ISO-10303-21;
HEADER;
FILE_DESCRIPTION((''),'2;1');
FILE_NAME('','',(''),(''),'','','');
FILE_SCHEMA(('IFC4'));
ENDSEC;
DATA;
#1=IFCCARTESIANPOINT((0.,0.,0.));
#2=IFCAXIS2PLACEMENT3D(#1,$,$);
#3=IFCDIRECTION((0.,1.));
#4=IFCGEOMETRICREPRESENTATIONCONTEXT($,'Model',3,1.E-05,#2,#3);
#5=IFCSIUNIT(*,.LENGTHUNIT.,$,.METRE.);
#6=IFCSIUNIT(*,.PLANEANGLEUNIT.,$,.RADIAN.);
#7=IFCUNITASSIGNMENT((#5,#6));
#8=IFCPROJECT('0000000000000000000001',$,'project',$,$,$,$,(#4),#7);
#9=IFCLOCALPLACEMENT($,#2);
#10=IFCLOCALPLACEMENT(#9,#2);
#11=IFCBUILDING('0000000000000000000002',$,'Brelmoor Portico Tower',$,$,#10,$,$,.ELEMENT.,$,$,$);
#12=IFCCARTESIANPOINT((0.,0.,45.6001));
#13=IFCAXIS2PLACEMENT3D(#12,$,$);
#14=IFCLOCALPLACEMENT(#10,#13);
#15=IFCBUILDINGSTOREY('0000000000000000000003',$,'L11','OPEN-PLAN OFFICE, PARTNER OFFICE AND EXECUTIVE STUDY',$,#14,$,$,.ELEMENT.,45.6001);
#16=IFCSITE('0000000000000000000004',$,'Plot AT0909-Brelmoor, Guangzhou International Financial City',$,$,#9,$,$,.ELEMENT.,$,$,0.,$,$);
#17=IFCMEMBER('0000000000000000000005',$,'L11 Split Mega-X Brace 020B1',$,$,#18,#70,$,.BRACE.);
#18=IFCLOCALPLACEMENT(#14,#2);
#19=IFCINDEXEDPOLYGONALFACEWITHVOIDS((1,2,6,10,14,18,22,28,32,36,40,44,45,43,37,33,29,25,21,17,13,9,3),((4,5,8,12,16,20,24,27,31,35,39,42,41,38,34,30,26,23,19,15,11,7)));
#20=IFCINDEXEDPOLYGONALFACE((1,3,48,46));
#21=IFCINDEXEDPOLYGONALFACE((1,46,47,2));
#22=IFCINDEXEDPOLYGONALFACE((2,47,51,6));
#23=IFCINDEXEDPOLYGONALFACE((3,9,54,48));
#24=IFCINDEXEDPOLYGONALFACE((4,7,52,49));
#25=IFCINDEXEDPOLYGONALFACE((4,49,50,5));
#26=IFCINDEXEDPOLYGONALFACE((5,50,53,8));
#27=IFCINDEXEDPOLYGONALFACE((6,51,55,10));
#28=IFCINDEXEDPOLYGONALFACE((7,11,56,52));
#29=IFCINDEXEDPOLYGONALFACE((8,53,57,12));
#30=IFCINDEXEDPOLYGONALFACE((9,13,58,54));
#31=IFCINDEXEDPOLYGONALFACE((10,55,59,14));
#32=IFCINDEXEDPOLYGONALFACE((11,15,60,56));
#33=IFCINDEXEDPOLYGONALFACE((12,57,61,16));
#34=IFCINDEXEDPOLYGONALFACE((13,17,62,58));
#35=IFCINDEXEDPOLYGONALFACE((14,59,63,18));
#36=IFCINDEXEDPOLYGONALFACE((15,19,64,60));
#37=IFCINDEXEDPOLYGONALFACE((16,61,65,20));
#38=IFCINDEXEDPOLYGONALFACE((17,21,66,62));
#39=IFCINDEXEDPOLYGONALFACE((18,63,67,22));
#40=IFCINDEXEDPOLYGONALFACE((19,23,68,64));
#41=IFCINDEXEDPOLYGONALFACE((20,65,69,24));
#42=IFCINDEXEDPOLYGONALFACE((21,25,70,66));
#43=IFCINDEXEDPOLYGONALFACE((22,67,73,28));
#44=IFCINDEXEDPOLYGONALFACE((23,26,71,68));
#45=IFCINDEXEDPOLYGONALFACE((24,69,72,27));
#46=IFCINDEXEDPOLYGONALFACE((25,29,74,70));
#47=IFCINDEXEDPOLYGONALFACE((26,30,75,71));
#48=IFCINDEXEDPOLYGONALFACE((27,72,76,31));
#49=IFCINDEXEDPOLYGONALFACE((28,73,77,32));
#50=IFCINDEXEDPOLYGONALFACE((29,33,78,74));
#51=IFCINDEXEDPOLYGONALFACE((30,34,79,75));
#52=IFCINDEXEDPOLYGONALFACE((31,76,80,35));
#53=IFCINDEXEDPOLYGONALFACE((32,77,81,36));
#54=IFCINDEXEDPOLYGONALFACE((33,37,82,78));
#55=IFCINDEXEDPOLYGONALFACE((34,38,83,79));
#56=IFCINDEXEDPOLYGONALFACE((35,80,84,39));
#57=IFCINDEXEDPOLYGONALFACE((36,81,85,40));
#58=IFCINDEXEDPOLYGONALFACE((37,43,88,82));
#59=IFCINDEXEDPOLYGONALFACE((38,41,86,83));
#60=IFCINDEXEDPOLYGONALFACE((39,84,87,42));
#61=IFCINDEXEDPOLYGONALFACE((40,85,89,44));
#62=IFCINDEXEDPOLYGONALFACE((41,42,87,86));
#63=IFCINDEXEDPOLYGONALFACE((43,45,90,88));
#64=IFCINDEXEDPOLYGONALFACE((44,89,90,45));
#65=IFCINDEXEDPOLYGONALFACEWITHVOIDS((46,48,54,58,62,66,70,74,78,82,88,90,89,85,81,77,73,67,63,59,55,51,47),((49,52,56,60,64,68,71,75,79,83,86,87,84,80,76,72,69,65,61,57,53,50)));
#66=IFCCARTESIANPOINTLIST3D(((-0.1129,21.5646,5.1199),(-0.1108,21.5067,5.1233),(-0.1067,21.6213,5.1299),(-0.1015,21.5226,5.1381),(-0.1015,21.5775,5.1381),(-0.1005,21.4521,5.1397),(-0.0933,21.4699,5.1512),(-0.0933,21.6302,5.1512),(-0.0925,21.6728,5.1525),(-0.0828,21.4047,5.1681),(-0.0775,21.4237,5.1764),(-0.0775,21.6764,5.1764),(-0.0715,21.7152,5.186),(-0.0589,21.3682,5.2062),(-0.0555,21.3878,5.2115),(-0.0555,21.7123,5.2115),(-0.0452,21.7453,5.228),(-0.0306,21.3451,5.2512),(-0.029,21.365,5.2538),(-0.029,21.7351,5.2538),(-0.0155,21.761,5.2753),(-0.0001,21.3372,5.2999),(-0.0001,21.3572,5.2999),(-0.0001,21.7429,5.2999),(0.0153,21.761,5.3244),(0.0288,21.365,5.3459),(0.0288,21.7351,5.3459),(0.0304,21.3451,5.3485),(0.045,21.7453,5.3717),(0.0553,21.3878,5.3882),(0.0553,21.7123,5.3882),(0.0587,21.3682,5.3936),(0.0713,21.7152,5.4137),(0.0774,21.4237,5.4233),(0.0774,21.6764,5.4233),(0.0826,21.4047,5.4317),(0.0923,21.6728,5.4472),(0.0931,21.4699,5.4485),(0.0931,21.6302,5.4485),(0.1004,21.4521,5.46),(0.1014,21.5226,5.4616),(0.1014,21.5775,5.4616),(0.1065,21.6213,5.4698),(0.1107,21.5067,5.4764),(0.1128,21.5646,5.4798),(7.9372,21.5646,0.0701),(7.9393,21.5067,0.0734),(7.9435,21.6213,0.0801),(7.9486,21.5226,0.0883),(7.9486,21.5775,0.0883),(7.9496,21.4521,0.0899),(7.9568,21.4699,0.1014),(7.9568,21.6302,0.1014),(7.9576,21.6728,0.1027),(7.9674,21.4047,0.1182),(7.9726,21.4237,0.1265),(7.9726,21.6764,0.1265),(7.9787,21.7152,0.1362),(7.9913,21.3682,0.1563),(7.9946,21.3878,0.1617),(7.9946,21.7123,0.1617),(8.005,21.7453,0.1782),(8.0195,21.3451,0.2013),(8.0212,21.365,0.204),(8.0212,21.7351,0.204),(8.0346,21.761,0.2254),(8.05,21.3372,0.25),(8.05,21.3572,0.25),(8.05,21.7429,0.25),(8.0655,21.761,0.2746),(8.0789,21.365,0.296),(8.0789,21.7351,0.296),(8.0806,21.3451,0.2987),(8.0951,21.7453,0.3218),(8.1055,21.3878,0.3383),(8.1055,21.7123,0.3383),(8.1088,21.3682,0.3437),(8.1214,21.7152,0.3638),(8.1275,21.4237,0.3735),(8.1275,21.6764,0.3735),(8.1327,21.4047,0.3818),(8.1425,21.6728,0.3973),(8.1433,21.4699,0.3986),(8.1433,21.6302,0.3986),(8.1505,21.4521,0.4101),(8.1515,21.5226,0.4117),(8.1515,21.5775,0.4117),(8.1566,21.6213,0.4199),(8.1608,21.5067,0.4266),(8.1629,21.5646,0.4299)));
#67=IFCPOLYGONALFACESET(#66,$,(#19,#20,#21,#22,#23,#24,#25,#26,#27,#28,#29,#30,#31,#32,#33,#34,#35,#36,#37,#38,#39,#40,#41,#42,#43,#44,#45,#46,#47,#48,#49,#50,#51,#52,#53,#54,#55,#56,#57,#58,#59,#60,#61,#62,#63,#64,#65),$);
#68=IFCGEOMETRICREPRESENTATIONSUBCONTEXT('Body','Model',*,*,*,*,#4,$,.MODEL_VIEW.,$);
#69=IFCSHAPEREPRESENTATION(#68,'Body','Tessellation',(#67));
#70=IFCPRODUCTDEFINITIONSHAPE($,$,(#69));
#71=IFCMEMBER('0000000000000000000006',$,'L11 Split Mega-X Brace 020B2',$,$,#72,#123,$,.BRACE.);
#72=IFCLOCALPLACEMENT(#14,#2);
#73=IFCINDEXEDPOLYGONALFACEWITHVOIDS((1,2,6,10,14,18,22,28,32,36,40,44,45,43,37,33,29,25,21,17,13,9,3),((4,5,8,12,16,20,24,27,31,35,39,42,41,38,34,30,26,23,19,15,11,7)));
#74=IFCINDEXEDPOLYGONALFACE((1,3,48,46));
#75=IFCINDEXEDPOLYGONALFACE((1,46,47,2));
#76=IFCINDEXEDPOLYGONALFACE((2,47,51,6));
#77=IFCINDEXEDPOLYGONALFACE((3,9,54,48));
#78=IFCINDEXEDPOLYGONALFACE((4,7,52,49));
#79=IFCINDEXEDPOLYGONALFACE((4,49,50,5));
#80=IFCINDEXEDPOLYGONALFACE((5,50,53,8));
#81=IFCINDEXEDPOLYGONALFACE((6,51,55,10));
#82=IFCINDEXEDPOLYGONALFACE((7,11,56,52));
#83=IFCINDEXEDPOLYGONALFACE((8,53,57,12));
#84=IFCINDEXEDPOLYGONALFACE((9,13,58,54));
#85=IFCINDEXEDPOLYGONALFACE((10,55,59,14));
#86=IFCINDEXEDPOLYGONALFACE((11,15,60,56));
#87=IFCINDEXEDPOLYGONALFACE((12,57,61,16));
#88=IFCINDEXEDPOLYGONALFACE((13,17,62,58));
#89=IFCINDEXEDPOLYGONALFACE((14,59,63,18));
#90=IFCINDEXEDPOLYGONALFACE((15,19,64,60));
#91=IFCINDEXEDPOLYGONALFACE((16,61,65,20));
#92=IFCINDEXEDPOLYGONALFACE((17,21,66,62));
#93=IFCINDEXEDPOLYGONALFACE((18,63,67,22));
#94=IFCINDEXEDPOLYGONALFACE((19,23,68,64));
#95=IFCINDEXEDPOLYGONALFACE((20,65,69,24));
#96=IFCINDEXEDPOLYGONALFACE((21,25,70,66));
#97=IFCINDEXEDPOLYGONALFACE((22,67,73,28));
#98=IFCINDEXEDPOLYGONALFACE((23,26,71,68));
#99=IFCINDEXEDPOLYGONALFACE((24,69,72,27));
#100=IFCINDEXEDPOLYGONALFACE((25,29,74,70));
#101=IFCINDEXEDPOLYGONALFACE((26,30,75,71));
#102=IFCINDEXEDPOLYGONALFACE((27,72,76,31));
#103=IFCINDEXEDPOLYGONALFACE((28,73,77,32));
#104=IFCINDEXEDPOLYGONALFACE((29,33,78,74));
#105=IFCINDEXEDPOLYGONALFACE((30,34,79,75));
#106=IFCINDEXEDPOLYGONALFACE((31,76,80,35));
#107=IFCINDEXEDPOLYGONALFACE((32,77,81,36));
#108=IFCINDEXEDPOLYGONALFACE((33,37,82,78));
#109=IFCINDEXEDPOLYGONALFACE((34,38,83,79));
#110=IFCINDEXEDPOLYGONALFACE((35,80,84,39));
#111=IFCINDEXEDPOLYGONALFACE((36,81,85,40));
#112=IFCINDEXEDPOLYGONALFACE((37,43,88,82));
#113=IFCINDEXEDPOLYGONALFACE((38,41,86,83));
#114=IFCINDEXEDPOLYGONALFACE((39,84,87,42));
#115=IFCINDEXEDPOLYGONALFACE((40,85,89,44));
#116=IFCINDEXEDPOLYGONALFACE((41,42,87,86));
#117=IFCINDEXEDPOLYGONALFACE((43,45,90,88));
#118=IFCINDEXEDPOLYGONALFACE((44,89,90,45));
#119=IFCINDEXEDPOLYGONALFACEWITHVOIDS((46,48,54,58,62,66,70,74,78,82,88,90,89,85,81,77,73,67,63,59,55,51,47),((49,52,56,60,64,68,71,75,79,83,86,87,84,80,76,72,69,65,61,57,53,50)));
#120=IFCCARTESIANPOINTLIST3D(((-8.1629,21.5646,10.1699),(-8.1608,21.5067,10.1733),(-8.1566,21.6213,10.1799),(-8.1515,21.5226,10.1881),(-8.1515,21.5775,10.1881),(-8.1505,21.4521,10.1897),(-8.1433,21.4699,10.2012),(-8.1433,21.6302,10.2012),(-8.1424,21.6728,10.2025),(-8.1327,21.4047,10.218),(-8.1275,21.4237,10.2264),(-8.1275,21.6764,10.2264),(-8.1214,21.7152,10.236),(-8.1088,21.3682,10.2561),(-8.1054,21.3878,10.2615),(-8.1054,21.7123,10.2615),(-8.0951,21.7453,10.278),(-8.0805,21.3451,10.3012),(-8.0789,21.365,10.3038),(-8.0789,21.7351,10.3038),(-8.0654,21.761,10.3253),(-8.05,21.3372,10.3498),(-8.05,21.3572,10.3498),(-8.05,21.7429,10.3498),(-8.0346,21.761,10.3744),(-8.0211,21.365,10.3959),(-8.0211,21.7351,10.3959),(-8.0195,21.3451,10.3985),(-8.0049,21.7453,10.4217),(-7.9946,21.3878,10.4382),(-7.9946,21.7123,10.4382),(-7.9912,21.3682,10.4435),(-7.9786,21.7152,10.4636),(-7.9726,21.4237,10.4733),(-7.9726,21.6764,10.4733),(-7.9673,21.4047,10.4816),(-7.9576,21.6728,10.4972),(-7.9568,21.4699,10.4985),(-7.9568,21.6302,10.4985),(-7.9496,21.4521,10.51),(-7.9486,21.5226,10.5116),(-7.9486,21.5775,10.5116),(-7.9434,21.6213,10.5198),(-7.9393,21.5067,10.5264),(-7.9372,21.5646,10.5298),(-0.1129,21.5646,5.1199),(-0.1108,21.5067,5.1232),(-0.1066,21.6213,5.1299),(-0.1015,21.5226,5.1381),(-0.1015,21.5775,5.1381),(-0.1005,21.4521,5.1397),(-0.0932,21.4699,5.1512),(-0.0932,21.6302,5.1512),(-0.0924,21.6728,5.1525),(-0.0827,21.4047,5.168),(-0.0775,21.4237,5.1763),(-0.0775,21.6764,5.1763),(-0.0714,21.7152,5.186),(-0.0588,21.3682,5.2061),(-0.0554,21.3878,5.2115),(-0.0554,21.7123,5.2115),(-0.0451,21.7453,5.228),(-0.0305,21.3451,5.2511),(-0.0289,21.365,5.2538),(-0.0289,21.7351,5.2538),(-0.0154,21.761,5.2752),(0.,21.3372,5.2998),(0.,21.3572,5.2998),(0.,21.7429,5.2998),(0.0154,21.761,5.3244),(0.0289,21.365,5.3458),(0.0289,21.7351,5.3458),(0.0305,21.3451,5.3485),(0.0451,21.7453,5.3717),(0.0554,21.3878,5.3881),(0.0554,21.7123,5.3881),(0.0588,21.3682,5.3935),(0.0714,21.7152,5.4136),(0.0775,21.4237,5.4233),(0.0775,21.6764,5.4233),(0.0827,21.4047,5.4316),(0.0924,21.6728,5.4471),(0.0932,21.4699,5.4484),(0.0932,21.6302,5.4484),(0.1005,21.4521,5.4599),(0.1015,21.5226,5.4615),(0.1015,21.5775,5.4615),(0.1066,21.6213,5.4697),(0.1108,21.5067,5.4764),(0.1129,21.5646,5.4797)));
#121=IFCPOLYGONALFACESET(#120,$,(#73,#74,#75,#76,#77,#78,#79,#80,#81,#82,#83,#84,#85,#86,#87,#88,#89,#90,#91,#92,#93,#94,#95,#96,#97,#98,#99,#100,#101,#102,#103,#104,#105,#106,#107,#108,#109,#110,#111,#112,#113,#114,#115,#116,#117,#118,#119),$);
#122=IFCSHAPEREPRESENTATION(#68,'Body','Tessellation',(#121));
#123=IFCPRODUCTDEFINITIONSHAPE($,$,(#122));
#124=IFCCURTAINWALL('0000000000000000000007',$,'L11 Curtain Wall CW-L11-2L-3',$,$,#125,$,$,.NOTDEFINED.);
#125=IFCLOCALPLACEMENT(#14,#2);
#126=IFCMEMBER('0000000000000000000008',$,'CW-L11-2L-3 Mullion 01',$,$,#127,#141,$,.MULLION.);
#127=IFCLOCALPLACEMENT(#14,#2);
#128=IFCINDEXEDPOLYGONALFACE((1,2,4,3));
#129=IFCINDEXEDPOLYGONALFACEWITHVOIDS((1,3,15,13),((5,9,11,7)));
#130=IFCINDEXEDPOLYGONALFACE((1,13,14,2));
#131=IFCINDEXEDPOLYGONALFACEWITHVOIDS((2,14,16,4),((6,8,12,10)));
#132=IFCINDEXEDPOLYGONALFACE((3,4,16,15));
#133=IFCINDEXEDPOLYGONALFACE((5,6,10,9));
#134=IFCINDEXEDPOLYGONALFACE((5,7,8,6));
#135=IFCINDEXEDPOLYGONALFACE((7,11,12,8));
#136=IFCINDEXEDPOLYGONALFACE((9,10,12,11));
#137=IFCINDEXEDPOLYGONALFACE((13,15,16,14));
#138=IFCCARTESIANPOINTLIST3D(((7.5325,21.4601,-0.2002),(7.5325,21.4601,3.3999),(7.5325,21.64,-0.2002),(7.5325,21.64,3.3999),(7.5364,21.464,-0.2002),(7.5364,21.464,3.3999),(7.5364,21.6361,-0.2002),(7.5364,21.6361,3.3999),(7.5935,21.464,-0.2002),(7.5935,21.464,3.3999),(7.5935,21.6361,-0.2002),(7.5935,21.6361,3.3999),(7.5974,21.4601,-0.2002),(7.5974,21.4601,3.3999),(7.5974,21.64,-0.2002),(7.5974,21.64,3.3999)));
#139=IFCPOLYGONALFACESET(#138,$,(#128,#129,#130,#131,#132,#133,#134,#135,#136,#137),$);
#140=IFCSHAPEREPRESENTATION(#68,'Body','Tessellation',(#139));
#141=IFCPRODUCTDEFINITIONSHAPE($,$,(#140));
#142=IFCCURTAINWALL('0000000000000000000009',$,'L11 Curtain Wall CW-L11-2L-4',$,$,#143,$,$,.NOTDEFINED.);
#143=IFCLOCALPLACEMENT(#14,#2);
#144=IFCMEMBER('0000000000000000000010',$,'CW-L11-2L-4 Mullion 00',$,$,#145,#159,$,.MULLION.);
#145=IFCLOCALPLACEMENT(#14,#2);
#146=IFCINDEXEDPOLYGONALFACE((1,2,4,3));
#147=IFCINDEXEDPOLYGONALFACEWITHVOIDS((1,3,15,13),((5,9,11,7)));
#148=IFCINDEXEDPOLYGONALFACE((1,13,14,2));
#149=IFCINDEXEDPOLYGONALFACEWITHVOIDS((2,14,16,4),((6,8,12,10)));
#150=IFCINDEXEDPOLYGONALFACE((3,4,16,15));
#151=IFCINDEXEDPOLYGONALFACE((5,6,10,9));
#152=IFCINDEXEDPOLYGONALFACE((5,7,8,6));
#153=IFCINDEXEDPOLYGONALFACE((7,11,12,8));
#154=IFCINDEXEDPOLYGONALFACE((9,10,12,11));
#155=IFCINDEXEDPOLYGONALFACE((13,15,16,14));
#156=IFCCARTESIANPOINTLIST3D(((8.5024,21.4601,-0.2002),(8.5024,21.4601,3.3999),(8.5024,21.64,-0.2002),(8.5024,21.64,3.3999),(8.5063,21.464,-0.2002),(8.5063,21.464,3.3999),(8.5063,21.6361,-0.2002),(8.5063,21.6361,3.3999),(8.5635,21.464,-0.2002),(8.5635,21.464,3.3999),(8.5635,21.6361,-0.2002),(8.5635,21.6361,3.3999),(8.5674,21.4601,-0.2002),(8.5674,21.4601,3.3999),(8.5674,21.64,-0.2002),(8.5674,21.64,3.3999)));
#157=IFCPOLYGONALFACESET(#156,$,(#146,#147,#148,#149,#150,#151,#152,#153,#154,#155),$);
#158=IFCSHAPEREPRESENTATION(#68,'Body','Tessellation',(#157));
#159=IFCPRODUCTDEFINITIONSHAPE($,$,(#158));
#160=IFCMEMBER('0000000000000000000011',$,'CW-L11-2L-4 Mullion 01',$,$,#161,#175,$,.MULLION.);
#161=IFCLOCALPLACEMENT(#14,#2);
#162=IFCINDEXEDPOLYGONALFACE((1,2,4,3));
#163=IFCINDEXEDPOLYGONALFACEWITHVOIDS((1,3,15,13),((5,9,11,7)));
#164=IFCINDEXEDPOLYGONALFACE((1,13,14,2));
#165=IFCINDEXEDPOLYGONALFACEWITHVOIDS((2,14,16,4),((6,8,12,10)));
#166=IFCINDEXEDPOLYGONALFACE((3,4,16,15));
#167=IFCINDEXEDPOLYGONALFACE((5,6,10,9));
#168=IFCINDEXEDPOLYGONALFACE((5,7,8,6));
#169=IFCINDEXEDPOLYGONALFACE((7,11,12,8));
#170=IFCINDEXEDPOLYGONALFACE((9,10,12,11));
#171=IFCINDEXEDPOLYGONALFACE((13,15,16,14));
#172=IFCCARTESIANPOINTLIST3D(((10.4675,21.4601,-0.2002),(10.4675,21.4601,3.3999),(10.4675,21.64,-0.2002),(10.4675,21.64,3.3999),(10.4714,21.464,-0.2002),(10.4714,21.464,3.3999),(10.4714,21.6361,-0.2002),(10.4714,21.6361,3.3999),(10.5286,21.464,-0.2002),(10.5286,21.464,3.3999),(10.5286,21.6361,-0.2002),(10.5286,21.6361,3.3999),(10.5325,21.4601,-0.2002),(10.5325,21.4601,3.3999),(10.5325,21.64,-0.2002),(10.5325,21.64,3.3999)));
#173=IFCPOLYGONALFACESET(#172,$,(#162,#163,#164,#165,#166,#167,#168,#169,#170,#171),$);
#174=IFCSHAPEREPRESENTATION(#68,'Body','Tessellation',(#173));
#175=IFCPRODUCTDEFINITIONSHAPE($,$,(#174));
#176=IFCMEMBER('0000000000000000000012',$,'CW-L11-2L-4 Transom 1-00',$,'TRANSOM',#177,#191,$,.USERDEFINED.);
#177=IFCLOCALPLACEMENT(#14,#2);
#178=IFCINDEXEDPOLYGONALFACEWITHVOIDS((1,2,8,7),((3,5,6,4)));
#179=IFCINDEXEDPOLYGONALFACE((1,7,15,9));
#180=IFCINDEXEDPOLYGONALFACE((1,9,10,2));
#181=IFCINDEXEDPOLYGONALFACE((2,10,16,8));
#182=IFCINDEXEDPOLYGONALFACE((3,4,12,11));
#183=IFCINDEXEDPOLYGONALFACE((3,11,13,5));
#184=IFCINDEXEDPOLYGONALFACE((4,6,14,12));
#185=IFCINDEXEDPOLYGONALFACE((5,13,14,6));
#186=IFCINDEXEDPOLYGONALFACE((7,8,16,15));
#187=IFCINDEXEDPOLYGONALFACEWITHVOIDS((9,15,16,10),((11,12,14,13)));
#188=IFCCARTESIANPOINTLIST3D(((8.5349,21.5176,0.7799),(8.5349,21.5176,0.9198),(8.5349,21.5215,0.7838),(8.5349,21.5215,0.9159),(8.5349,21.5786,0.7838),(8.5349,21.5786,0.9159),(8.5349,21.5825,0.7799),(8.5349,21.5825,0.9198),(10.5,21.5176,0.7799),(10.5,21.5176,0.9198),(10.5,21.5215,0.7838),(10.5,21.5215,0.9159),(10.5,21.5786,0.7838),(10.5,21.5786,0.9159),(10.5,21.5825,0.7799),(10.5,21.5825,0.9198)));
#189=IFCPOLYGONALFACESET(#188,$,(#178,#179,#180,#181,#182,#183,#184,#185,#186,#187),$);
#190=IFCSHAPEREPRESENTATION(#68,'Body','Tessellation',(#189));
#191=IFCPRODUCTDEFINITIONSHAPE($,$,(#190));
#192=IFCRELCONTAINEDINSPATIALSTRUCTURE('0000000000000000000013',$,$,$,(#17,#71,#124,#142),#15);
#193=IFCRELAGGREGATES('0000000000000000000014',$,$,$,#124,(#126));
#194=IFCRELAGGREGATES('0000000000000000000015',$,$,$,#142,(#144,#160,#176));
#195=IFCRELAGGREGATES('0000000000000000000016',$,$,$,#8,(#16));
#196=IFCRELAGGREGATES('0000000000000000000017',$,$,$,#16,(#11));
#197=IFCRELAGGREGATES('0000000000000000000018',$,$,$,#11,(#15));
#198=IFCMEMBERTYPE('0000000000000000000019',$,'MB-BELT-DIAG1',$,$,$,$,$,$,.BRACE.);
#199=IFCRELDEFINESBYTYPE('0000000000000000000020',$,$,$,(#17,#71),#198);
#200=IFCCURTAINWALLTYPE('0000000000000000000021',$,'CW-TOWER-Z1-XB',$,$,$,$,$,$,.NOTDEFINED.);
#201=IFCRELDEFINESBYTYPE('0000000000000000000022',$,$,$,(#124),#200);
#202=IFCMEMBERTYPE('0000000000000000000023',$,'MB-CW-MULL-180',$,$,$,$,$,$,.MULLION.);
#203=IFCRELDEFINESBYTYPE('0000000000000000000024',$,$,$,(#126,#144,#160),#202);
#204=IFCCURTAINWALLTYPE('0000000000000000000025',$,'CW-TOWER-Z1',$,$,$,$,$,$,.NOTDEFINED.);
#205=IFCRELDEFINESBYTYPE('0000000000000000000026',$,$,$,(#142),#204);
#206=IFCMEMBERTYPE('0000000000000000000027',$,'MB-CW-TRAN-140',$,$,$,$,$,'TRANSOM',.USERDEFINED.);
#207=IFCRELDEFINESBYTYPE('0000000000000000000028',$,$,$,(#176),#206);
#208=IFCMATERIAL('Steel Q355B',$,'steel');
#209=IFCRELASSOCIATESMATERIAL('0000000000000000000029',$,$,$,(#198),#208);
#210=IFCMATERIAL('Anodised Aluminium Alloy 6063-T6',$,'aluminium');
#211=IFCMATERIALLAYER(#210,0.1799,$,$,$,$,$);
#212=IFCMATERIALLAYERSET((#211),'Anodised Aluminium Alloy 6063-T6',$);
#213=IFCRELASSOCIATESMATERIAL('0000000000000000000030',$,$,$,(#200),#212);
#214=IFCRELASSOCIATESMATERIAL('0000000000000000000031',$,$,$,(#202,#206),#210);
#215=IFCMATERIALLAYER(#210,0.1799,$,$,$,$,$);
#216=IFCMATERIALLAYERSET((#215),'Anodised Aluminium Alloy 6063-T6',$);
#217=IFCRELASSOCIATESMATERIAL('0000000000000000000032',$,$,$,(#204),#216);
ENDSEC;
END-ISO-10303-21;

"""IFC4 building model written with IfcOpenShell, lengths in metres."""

from ifc_helpers import new_model, si_unit, direction, frame, origin, origin_2d, place, context, subcontext, project, spatial, hollow_rectangle, hollow_circle, extrude, material, layer, layer_set, material_profile, profile_set, type_object, element, aggregate, save


model = new_model("IFC4")

# Units and contexts
model_context = context("Model", 3, precision=1e-05, world=origin(), true_north=direction((0.0, 1.0)))
body_context = subcontext(model_context, "Body", "Model", "MODEL_VIEW")
ifc_project = project(units=[si_unit("LENGTHUNIT", "METRE"), si_unit("PLANEANGLEUNIT", "RADIAN")], contexts=[model_context])

# Site, building, storey
site_placement = place(None, origin())
site = spatial("IfcSite", under=ifc_project, at=site_placement, Name="Plot AT0909-Brelmoor, Guangzhou International Financial City", CompositionType="ELEMENT", RefElevation=0.0)
building_placement = place(site_placement, origin())
building = spatial("IfcBuilding", under=site, at=building_placement, Name="Brelmoor Portico Tower", CompositionType="ELEMENT")
storey_placement = place(building_placement, frame((0.0, 0.0, 45.6001)))
storey = spatial("IfcBuildingStorey", under=building, at=storey_placement, Name="L11", Description="OPEN-PLAN OFFICE, PARTNER OFFICE AND EXECUTIVE STUDY", CompositionType="ELEMENT", Elevation=45.6001)

# Shared definitions
ifc_material_1 = material(Name="Steel Q355B", Category="steel")

# Members
ifc_material_profile_1 = material_profile(ifc_material_1, hollow_circle(Radius=0.2129, WallThickness=0.02, at=origin_2d()), Name="CHS 426x20")
ifc_profile_set_1 = profile_set([ifc_material_profile_1], Name="Steel Q355B")
member_type_1 = type_object("IfcMemberType", Name="MB-BELT-DIAG1", PredefinedType="BRACE", material=ifc_profile_set_1)
for number, where, z_axis, x_axis, name in (
    (1, (8.05, 21.55, 0.25), (-0.847121, 0.0, 0.5314), (0.0, -1.0, 0.0), "L11 Split Mega-X Brace 020B1"),
    (2, (0.0, 21.55, 5.2998), (-0.847109, 0.0, 0.531418), (0.0, -1.0, 0.0), "L11 Split Mega-X Brace 020B2"),
):
    element("IfcMember", number, at=place(storey_placement, frame(where, z_axis=z_axis, x_axis=x_axis)), inside=storey, type_object=member_type_1, Name=name, PredefinedType="BRACE", context=body_context, shape_type="SweptSolid", body=[
        extrude(hollow_circle(Radius=0.2129, WallThickness=0.02, at=origin_2d()), origin(), (0.0, 0.0, 1.0), 9.5029),
    ])

# Curtain wall, member
ifc_material_2 = material(Name="Anodised Aluminium Alloy 6063-T6", Category="aluminium")
ifc_layer_1 = layer(ifc_material_2, 0.1799)
ifc_layer_set_1 = layer_set([ifc_layer_1], Name="Anodised Aluminium Alloy 6063-T6")
curtain_wall_type_1 = type_object("IfcCurtainWallType", Name="CW-TOWER-Z1-XB", PredefinedType="NOTDEFINED", material=ifc_layer_set_1)
curtain_wall_1_placement = place(storey_placement, origin())
curtain_wall_1 = element("IfcCurtainWall", 3, at=curtain_wall_1_placement, inside=storey, type_object=curtain_wall_type_1, Name="L11 Curtain Wall CW-L11-2L-3", PredefinedType="NOTDEFINED")
ifc_material_profile_2 = material_profile(ifc_material_2, hollow_rectangle(XDim=0.0649, YDim=0.1799, WallThickness=0.0039, at=origin_2d()), Name="ALU MULLION 65x180")
ifc_profile_set_2 = profile_set([ifc_material_profile_2], Name="Anodised Aluminium Alloy 6063-T6")
member_type_2 = type_object("IfcMemberType", Name="MB-CW-MULL-180", PredefinedType="MULLION", material=ifc_profile_set_2)
member_1_placement = place(storey_placement, frame((7.5649, 21.55, -0.2002), z_axis=(0.0, 0.0, 1.0), x_axis=(1.0, 0.0, 0.0)))
member_1 = element("IfcMember", 4, at=member_1_placement, type_object=member_type_2, Name="CW-L11-2L-3 Mullion 01", PredefinedType="MULLION", context=body_context, shape_type="SweptSolid", body=[
    extrude(hollow_rectangle(XDim=0.0649, YDim=0.1799, WallThickness=0.0039, at=origin_2d()), origin(), (0.0, 0.0, 1.0), 3.6001),
])

# Curtain wall, members
ifc_layer_2 = layer(ifc_material_2, 0.1799)
ifc_layer_set_2 = layer_set([ifc_layer_2], Name="Anodised Aluminium Alloy 6063-T6")
curtain_wall_type_2 = type_object("IfcCurtainWallType", Name="CW-TOWER-Z1", PredefinedType="NOTDEFINED", material=ifc_layer_set_2)
curtain_wall_2_placement = place(storey_placement, origin())
curtain_wall_2 = element("IfcCurtainWall", 5, at=curtain_wall_2_placement, inside=storey, type_object=curtain_wall_type_2, Name="L11 Curtain Wall CW-L11-2L-4", PredefinedType="NOTDEFINED")
member_2_placement = place(storey_placement, frame((8.5349, 21.55, -0.2002), z_axis=(0.0, 0.0, 1.0), x_axis=(1.0, 0.0, 0.0)))
member_2 = element("IfcMember", 6, at=member_2_placement, type_object=member_type_2, Name="CW-L11-2L-4 Mullion 00", PredefinedType="MULLION", context=body_context, shape_type="SweptSolid", body=[
    extrude(hollow_rectangle(XDim=0.0649, YDim=0.1799, WallThickness=0.0039, at=origin_2d()), origin(), (0.0, 0.0, 1.0), 3.6001),
])
member_3_placement = place(storey_placement, frame((10.5, 21.55, -0.2002), z_axis=(0.0, 0.0, 1.0), x_axis=(1.0, 0.0, 0.0)))
member_3 = element("IfcMember", 7, at=member_3_placement, type_object=member_type_2, Name="CW-L11-2L-4 Mullion 01", PredefinedType="MULLION", context=body_context, shape_type="SweptSolid", body=[
    extrude(hollow_rectangle(XDim=0.0649, YDim=0.1799, WallThickness=0.0039, at=origin_2d()), origin(), (0.0, 0.0, 1.0), 3.6001),
])
ifc_material_profile_3 = material_profile(ifc_material_2, hollow_rectangle(XDim=0.0649, YDim=0.1399, WallThickness=0.0039, at=origin_2d()), Name="ALU TRANSOM 65x140")
ifc_profile_set_3 = profile_set([ifc_material_profile_3], Name="Anodised Aluminium Alloy 6063-T6")
member_type_3 = type_object("IfcMemberType", Name="MB-CW-TRAN-140", ElementType="TRANSOM", PredefinedType="USERDEFINED", material=ifc_profile_set_3)
member_4_placement = place(storey_placement, frame((8.5349, 21.55, 0.8499), z_axis=(1.0, 0.0, 0.0), x_axis=(0.0, 1.0, 0.0)))
member_4 = element("IfcMember", 8, at=member_4_placement, type_object=member_type_3, Name="CW-L11-2L-4 Transom 1-00", ObjectType="TRANSOM", PredefinedType="USERDEFINED", context=body_context, shape_type="SweptSolid", body=[
    extrude(hollow_rectangle(XDim=0.0649, YDim=0.1399, WallThickness=0.0039, at=origin_2d()), origin(), (0.0, 0.0, 1.0), 1.9651),
])

aggregate(curtain_wall_1, [member_1])
aggregate(curtain_wall_2, [member_2, member_3, member_4])

save(model, "model.ifc")
